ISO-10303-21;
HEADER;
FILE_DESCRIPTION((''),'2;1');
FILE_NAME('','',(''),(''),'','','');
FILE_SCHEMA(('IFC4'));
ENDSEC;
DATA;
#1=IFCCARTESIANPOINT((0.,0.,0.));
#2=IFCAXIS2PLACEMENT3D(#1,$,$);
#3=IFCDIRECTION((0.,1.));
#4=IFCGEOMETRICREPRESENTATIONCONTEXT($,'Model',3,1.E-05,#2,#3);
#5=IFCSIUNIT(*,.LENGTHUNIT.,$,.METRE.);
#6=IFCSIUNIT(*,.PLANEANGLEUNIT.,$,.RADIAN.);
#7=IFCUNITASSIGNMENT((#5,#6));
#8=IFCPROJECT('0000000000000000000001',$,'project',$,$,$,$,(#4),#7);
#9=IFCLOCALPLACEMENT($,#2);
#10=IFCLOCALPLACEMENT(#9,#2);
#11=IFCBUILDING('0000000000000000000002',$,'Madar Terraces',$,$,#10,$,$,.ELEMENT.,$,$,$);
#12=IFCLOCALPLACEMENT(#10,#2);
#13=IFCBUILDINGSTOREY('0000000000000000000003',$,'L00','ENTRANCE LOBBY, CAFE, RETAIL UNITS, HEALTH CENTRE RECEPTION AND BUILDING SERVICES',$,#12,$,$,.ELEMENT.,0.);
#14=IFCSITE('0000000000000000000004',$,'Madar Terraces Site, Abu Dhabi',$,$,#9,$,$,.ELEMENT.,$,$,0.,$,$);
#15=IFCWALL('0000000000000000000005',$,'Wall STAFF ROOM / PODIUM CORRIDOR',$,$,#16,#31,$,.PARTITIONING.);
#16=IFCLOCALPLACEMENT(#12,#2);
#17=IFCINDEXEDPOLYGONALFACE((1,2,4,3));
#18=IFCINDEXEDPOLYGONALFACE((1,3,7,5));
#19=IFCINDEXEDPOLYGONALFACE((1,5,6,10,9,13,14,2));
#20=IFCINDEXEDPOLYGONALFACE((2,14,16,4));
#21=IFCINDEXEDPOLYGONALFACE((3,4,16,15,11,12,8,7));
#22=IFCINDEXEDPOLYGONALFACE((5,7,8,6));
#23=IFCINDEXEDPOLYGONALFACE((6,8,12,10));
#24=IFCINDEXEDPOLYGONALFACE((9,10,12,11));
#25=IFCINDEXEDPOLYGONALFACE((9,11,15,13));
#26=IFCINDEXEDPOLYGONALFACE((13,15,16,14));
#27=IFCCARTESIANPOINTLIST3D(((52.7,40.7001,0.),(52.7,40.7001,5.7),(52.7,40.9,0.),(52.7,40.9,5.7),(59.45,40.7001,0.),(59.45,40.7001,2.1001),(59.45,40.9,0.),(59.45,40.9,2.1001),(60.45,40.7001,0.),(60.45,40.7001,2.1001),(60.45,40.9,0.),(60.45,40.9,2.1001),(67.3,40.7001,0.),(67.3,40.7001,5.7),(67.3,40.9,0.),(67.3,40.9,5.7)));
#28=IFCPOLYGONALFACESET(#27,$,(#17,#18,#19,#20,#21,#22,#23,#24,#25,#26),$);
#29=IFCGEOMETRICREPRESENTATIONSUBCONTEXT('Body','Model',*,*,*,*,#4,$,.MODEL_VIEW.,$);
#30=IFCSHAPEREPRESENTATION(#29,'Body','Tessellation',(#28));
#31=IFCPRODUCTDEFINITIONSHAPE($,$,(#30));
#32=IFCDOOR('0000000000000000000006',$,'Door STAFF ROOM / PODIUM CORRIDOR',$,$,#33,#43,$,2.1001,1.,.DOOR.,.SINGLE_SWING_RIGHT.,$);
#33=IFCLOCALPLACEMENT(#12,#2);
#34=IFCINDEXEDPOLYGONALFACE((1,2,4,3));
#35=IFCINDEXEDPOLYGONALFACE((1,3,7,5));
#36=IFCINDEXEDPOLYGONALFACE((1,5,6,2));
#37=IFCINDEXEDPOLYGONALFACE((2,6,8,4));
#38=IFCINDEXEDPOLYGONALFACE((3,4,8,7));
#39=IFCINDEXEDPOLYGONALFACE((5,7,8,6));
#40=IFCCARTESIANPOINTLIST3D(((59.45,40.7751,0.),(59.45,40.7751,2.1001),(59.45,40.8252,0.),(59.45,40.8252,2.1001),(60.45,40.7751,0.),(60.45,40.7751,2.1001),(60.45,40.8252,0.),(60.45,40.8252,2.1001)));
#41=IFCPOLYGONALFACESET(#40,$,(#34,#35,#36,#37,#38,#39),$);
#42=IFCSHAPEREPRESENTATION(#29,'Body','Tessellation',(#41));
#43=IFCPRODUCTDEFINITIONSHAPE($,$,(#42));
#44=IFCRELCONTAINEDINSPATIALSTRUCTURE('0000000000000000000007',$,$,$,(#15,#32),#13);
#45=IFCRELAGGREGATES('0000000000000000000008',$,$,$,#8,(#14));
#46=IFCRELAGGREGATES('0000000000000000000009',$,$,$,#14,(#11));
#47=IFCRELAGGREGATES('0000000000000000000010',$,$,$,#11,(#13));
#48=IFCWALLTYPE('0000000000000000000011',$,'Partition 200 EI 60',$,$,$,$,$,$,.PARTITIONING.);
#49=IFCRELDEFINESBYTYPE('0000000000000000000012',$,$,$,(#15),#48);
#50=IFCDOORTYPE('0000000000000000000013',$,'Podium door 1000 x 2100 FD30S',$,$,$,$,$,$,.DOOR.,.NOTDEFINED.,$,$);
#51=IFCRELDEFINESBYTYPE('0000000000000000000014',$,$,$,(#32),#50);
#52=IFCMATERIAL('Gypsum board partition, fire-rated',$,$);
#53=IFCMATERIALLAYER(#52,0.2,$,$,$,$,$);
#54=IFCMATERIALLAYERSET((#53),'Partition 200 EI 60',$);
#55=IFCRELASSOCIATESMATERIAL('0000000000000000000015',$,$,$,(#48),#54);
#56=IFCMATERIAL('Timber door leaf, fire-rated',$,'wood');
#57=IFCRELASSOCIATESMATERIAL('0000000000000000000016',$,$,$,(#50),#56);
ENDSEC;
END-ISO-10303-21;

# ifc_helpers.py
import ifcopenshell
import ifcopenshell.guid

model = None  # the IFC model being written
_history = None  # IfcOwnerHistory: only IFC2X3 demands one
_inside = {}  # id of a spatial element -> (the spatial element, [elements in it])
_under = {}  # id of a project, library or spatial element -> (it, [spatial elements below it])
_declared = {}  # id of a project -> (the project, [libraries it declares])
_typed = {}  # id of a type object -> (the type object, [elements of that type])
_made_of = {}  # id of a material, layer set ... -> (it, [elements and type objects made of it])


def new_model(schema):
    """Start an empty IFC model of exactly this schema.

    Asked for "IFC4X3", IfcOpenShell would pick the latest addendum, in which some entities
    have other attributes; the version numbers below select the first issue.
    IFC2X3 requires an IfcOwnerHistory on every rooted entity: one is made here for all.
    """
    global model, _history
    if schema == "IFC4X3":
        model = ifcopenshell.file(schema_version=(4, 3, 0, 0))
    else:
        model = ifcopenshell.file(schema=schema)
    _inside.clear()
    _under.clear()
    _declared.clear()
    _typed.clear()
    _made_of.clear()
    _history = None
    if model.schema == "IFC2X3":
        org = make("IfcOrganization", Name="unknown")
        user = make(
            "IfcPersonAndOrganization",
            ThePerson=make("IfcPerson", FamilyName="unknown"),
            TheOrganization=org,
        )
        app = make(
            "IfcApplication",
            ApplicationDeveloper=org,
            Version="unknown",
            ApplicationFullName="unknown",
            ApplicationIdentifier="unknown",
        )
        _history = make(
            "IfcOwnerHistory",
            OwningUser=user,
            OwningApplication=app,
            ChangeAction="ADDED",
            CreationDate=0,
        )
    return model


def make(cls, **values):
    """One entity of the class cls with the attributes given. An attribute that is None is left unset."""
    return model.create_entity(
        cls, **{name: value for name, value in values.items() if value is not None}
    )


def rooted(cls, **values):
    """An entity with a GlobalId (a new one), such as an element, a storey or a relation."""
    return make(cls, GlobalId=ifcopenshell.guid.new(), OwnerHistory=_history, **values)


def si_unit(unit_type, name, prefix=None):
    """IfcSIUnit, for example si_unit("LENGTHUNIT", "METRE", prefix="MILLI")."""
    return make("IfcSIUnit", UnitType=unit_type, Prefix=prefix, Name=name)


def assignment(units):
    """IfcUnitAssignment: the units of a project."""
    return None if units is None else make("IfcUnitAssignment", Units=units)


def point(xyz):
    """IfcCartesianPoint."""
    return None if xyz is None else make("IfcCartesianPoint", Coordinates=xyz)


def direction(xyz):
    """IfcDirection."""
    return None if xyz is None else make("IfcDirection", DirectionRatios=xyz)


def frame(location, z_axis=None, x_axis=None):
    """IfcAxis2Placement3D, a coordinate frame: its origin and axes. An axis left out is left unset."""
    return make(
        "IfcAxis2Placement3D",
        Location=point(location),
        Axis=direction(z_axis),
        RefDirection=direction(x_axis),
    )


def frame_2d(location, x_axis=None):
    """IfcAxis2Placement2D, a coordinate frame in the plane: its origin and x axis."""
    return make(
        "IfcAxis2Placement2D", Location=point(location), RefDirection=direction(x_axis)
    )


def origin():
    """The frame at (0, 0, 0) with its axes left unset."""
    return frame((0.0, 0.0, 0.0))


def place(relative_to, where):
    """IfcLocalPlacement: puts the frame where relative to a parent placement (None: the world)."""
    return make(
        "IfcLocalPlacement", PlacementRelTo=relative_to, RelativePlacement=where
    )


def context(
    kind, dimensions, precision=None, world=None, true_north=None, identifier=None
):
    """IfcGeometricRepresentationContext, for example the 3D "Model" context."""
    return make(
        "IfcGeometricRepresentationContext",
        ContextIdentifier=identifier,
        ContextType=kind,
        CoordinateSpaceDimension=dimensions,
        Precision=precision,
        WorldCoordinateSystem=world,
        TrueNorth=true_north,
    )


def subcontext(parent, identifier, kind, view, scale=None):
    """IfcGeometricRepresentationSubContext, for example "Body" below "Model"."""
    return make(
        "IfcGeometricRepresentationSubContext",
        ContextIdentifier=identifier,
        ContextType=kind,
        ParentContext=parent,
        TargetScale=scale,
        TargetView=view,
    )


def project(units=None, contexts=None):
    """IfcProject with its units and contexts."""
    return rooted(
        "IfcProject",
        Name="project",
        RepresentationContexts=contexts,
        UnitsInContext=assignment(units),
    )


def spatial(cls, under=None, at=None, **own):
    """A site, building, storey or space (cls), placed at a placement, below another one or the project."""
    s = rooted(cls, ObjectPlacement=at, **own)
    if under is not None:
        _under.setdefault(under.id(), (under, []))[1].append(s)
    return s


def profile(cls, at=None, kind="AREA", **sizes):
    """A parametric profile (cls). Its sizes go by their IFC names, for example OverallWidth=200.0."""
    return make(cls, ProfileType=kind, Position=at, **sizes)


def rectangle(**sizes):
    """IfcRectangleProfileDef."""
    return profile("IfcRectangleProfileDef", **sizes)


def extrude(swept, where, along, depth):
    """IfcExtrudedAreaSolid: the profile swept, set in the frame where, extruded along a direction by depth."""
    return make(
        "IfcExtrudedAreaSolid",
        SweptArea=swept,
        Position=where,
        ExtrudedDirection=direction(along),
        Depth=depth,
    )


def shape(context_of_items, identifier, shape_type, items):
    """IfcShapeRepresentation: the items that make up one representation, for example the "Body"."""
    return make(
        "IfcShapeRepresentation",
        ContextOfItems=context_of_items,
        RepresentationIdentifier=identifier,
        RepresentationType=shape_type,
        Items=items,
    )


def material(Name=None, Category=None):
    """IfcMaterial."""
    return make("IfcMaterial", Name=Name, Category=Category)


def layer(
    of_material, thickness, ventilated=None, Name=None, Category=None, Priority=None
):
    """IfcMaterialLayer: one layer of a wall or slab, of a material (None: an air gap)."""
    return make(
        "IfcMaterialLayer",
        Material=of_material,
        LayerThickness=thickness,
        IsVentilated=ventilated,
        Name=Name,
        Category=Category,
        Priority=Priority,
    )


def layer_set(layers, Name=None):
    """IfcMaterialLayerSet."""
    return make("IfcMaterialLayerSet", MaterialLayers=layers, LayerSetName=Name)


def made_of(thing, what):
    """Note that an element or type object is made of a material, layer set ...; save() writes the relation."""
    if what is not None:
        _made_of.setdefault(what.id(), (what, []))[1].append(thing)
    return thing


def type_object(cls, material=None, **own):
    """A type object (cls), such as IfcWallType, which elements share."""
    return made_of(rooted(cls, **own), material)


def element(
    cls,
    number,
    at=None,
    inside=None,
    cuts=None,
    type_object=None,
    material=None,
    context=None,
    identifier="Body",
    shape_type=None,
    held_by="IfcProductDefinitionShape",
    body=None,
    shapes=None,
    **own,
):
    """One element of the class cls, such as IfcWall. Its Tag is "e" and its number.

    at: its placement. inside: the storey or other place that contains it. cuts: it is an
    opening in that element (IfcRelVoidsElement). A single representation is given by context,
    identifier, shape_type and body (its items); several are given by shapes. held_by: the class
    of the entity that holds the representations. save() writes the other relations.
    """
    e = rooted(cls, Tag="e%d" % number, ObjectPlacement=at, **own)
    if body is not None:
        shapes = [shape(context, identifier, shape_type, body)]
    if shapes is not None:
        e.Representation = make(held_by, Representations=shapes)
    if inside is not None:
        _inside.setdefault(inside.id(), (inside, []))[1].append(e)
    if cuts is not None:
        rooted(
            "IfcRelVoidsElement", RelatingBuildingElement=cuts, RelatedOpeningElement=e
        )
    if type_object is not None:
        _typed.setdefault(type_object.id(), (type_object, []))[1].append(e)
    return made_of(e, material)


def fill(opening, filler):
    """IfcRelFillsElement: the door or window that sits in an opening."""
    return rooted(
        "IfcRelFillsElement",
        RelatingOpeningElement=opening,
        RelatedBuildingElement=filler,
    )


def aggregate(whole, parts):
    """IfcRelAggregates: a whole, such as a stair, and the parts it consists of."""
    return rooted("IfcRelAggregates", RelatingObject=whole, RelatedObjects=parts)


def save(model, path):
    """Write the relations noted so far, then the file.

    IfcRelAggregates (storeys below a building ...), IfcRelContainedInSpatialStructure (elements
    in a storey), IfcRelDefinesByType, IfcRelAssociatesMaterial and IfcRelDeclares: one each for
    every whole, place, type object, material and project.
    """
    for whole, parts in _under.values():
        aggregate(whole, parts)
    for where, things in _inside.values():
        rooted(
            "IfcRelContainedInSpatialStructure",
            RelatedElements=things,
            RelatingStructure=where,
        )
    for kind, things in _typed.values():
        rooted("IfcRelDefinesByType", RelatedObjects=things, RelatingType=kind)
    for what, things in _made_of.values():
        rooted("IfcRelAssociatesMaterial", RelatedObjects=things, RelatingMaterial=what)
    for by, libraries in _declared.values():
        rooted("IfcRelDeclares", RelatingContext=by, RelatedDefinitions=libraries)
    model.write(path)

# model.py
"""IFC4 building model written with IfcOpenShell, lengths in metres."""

from ifc_helpers import new_model, si_unit, direction, frame, frame_2d, origin, place, context, subcontext, project, spatial, rectangle, extrude, material, layer, layer_set, type_object, element, fill, save


model = new_model("IFC4")

# Units and contexts
model_context = context("Model", 3, precision=1e-05, world=origin(), true_north=direction((0.0, 1.0)))
body_context = subcontext(model_context, "Body", "Model", "MODEL_VIEW")
ifc_project = project(units=[si_unit("LENGTHUNIT", "METRE"), si_unit("PLANEANGLEUNIT", "RADIAN")], contexts=[model_context])

# Site, building, storey
site_placement = place(None, origin())
site = spatial("IfcSite", under=ifc_project, at=site_placement, Name="Madar Terraces Site, Abu Dhabi", CompositionType="ELEMENT", RefElevation=0.0)
building_placement = place(site_placement, origin())
building = spatial("IfcBuilding", under=site, at=building_placement, Name="Madar Terraces", CompositionType="ELEMENT")
storey_placement = place(building_placement, origin())
storey = spatial("IfcBuildingStorey", under=building, at=storey_placement, Name="L00", Description="ENTRANCE LOBBY, CAFE, RETAIL UNITS, HEALTH CENTRE RECEPTION AND BUILDING SERVICES", CompositionType="ELEMENT", Elevation=0.0)

# Wall, opening, door
ifc_material_1 = material(Name="Gypsum board partition, fire-rated")
ifc_layer_1 = layer(ifc_material_1, 0.2)
ifc_layer_set_1 = layer_set([ifc_layer_1], Name="Partition 200 EI 60")
wall_type_1 = type_object("IfcWallType", Name="Partition 200 EI 60", PredefinedType="PARTITIONING", material=ifc_layer_set_1)
wall_1_placement = place(storey_placement, frame((67.3, 40.8, 0.0), z_axis=(0.0, 0.0, 1.0), x_axis=(-1.0, 0.0, 0.0)))
wall_1 = element("IfcWall", 1, at=wall_1_placement, inside=storey, type_object=wall_type_1, Name="Wall STAFF ROOM / PODIUM CORRIDOR", PredefinedType="PARTITIONING", context=body_context, shape_type="SweptSolid", body=[
    extrude(rectangle(XDim=14.6001, YDim=0.2, at=frame_2d((7.3, 0.0))), origin(), (0.0, 0.0, 1.0), 5.7),
])
opening_1_placement = place(wall_1_placement, frame((6.8501, 0.0, 0.0)))
opening_1 = element("IfcOpeningElement", 2, at=opening_1_placement, cuts=wall_1, PredefinedType="OPENING", context=body_context, shape_type="SweptSolid", body=[
    extrude(rectangle(XDim=1.0, YDim=2.1001, at=frame_2d((0.5, 1.05))), frame((0.0, 0.1099, 0.0), z_axis=(0.0, -1.0, 0.0), x_axis=(1.0, 0.0, 0.0)), (0.0, 0.0, 1.0), 0.22),
])
ifc_material_2 = material(Name="Timber door leaf, fire-rated", Category="wood")
door_type_1 = type_object("IfcDoorType", Name="Podium door 1000 x 2100 FD30S", OperationType="NOTDEFINED", PredefinedType="DOOR", material=ifc_material_2)
door_1_placement = place(opening_1_placement, origin())
door_1 = element("IfcDoor", 3, at=door_1_placement, inside=storey, type_object=door_type_1, Name="Door STAFF ROOM / PODIUM CORRIDOR", OperationType="SINGLE_SWING_RIGHT", OverallHeight=2.1001, OverallWidth=1.0, PredefinedType="DOOR", context=body_context, shape_type="SweptSolid", body=[
    extrude(rectangle(XDim=1.0, YDim=2.1001, at=frame_2d((0.5, 1.05))), frame((0.0, 0.0249, 0.0), z_axis=(0.0, -1.0, 0.0), x_axis=(1.0, 0.0, 0.0)), (0.0, 0.0, 1.0), 0.05),
])
fill(opening_1, door_1)

save(model, "model.ifc")
